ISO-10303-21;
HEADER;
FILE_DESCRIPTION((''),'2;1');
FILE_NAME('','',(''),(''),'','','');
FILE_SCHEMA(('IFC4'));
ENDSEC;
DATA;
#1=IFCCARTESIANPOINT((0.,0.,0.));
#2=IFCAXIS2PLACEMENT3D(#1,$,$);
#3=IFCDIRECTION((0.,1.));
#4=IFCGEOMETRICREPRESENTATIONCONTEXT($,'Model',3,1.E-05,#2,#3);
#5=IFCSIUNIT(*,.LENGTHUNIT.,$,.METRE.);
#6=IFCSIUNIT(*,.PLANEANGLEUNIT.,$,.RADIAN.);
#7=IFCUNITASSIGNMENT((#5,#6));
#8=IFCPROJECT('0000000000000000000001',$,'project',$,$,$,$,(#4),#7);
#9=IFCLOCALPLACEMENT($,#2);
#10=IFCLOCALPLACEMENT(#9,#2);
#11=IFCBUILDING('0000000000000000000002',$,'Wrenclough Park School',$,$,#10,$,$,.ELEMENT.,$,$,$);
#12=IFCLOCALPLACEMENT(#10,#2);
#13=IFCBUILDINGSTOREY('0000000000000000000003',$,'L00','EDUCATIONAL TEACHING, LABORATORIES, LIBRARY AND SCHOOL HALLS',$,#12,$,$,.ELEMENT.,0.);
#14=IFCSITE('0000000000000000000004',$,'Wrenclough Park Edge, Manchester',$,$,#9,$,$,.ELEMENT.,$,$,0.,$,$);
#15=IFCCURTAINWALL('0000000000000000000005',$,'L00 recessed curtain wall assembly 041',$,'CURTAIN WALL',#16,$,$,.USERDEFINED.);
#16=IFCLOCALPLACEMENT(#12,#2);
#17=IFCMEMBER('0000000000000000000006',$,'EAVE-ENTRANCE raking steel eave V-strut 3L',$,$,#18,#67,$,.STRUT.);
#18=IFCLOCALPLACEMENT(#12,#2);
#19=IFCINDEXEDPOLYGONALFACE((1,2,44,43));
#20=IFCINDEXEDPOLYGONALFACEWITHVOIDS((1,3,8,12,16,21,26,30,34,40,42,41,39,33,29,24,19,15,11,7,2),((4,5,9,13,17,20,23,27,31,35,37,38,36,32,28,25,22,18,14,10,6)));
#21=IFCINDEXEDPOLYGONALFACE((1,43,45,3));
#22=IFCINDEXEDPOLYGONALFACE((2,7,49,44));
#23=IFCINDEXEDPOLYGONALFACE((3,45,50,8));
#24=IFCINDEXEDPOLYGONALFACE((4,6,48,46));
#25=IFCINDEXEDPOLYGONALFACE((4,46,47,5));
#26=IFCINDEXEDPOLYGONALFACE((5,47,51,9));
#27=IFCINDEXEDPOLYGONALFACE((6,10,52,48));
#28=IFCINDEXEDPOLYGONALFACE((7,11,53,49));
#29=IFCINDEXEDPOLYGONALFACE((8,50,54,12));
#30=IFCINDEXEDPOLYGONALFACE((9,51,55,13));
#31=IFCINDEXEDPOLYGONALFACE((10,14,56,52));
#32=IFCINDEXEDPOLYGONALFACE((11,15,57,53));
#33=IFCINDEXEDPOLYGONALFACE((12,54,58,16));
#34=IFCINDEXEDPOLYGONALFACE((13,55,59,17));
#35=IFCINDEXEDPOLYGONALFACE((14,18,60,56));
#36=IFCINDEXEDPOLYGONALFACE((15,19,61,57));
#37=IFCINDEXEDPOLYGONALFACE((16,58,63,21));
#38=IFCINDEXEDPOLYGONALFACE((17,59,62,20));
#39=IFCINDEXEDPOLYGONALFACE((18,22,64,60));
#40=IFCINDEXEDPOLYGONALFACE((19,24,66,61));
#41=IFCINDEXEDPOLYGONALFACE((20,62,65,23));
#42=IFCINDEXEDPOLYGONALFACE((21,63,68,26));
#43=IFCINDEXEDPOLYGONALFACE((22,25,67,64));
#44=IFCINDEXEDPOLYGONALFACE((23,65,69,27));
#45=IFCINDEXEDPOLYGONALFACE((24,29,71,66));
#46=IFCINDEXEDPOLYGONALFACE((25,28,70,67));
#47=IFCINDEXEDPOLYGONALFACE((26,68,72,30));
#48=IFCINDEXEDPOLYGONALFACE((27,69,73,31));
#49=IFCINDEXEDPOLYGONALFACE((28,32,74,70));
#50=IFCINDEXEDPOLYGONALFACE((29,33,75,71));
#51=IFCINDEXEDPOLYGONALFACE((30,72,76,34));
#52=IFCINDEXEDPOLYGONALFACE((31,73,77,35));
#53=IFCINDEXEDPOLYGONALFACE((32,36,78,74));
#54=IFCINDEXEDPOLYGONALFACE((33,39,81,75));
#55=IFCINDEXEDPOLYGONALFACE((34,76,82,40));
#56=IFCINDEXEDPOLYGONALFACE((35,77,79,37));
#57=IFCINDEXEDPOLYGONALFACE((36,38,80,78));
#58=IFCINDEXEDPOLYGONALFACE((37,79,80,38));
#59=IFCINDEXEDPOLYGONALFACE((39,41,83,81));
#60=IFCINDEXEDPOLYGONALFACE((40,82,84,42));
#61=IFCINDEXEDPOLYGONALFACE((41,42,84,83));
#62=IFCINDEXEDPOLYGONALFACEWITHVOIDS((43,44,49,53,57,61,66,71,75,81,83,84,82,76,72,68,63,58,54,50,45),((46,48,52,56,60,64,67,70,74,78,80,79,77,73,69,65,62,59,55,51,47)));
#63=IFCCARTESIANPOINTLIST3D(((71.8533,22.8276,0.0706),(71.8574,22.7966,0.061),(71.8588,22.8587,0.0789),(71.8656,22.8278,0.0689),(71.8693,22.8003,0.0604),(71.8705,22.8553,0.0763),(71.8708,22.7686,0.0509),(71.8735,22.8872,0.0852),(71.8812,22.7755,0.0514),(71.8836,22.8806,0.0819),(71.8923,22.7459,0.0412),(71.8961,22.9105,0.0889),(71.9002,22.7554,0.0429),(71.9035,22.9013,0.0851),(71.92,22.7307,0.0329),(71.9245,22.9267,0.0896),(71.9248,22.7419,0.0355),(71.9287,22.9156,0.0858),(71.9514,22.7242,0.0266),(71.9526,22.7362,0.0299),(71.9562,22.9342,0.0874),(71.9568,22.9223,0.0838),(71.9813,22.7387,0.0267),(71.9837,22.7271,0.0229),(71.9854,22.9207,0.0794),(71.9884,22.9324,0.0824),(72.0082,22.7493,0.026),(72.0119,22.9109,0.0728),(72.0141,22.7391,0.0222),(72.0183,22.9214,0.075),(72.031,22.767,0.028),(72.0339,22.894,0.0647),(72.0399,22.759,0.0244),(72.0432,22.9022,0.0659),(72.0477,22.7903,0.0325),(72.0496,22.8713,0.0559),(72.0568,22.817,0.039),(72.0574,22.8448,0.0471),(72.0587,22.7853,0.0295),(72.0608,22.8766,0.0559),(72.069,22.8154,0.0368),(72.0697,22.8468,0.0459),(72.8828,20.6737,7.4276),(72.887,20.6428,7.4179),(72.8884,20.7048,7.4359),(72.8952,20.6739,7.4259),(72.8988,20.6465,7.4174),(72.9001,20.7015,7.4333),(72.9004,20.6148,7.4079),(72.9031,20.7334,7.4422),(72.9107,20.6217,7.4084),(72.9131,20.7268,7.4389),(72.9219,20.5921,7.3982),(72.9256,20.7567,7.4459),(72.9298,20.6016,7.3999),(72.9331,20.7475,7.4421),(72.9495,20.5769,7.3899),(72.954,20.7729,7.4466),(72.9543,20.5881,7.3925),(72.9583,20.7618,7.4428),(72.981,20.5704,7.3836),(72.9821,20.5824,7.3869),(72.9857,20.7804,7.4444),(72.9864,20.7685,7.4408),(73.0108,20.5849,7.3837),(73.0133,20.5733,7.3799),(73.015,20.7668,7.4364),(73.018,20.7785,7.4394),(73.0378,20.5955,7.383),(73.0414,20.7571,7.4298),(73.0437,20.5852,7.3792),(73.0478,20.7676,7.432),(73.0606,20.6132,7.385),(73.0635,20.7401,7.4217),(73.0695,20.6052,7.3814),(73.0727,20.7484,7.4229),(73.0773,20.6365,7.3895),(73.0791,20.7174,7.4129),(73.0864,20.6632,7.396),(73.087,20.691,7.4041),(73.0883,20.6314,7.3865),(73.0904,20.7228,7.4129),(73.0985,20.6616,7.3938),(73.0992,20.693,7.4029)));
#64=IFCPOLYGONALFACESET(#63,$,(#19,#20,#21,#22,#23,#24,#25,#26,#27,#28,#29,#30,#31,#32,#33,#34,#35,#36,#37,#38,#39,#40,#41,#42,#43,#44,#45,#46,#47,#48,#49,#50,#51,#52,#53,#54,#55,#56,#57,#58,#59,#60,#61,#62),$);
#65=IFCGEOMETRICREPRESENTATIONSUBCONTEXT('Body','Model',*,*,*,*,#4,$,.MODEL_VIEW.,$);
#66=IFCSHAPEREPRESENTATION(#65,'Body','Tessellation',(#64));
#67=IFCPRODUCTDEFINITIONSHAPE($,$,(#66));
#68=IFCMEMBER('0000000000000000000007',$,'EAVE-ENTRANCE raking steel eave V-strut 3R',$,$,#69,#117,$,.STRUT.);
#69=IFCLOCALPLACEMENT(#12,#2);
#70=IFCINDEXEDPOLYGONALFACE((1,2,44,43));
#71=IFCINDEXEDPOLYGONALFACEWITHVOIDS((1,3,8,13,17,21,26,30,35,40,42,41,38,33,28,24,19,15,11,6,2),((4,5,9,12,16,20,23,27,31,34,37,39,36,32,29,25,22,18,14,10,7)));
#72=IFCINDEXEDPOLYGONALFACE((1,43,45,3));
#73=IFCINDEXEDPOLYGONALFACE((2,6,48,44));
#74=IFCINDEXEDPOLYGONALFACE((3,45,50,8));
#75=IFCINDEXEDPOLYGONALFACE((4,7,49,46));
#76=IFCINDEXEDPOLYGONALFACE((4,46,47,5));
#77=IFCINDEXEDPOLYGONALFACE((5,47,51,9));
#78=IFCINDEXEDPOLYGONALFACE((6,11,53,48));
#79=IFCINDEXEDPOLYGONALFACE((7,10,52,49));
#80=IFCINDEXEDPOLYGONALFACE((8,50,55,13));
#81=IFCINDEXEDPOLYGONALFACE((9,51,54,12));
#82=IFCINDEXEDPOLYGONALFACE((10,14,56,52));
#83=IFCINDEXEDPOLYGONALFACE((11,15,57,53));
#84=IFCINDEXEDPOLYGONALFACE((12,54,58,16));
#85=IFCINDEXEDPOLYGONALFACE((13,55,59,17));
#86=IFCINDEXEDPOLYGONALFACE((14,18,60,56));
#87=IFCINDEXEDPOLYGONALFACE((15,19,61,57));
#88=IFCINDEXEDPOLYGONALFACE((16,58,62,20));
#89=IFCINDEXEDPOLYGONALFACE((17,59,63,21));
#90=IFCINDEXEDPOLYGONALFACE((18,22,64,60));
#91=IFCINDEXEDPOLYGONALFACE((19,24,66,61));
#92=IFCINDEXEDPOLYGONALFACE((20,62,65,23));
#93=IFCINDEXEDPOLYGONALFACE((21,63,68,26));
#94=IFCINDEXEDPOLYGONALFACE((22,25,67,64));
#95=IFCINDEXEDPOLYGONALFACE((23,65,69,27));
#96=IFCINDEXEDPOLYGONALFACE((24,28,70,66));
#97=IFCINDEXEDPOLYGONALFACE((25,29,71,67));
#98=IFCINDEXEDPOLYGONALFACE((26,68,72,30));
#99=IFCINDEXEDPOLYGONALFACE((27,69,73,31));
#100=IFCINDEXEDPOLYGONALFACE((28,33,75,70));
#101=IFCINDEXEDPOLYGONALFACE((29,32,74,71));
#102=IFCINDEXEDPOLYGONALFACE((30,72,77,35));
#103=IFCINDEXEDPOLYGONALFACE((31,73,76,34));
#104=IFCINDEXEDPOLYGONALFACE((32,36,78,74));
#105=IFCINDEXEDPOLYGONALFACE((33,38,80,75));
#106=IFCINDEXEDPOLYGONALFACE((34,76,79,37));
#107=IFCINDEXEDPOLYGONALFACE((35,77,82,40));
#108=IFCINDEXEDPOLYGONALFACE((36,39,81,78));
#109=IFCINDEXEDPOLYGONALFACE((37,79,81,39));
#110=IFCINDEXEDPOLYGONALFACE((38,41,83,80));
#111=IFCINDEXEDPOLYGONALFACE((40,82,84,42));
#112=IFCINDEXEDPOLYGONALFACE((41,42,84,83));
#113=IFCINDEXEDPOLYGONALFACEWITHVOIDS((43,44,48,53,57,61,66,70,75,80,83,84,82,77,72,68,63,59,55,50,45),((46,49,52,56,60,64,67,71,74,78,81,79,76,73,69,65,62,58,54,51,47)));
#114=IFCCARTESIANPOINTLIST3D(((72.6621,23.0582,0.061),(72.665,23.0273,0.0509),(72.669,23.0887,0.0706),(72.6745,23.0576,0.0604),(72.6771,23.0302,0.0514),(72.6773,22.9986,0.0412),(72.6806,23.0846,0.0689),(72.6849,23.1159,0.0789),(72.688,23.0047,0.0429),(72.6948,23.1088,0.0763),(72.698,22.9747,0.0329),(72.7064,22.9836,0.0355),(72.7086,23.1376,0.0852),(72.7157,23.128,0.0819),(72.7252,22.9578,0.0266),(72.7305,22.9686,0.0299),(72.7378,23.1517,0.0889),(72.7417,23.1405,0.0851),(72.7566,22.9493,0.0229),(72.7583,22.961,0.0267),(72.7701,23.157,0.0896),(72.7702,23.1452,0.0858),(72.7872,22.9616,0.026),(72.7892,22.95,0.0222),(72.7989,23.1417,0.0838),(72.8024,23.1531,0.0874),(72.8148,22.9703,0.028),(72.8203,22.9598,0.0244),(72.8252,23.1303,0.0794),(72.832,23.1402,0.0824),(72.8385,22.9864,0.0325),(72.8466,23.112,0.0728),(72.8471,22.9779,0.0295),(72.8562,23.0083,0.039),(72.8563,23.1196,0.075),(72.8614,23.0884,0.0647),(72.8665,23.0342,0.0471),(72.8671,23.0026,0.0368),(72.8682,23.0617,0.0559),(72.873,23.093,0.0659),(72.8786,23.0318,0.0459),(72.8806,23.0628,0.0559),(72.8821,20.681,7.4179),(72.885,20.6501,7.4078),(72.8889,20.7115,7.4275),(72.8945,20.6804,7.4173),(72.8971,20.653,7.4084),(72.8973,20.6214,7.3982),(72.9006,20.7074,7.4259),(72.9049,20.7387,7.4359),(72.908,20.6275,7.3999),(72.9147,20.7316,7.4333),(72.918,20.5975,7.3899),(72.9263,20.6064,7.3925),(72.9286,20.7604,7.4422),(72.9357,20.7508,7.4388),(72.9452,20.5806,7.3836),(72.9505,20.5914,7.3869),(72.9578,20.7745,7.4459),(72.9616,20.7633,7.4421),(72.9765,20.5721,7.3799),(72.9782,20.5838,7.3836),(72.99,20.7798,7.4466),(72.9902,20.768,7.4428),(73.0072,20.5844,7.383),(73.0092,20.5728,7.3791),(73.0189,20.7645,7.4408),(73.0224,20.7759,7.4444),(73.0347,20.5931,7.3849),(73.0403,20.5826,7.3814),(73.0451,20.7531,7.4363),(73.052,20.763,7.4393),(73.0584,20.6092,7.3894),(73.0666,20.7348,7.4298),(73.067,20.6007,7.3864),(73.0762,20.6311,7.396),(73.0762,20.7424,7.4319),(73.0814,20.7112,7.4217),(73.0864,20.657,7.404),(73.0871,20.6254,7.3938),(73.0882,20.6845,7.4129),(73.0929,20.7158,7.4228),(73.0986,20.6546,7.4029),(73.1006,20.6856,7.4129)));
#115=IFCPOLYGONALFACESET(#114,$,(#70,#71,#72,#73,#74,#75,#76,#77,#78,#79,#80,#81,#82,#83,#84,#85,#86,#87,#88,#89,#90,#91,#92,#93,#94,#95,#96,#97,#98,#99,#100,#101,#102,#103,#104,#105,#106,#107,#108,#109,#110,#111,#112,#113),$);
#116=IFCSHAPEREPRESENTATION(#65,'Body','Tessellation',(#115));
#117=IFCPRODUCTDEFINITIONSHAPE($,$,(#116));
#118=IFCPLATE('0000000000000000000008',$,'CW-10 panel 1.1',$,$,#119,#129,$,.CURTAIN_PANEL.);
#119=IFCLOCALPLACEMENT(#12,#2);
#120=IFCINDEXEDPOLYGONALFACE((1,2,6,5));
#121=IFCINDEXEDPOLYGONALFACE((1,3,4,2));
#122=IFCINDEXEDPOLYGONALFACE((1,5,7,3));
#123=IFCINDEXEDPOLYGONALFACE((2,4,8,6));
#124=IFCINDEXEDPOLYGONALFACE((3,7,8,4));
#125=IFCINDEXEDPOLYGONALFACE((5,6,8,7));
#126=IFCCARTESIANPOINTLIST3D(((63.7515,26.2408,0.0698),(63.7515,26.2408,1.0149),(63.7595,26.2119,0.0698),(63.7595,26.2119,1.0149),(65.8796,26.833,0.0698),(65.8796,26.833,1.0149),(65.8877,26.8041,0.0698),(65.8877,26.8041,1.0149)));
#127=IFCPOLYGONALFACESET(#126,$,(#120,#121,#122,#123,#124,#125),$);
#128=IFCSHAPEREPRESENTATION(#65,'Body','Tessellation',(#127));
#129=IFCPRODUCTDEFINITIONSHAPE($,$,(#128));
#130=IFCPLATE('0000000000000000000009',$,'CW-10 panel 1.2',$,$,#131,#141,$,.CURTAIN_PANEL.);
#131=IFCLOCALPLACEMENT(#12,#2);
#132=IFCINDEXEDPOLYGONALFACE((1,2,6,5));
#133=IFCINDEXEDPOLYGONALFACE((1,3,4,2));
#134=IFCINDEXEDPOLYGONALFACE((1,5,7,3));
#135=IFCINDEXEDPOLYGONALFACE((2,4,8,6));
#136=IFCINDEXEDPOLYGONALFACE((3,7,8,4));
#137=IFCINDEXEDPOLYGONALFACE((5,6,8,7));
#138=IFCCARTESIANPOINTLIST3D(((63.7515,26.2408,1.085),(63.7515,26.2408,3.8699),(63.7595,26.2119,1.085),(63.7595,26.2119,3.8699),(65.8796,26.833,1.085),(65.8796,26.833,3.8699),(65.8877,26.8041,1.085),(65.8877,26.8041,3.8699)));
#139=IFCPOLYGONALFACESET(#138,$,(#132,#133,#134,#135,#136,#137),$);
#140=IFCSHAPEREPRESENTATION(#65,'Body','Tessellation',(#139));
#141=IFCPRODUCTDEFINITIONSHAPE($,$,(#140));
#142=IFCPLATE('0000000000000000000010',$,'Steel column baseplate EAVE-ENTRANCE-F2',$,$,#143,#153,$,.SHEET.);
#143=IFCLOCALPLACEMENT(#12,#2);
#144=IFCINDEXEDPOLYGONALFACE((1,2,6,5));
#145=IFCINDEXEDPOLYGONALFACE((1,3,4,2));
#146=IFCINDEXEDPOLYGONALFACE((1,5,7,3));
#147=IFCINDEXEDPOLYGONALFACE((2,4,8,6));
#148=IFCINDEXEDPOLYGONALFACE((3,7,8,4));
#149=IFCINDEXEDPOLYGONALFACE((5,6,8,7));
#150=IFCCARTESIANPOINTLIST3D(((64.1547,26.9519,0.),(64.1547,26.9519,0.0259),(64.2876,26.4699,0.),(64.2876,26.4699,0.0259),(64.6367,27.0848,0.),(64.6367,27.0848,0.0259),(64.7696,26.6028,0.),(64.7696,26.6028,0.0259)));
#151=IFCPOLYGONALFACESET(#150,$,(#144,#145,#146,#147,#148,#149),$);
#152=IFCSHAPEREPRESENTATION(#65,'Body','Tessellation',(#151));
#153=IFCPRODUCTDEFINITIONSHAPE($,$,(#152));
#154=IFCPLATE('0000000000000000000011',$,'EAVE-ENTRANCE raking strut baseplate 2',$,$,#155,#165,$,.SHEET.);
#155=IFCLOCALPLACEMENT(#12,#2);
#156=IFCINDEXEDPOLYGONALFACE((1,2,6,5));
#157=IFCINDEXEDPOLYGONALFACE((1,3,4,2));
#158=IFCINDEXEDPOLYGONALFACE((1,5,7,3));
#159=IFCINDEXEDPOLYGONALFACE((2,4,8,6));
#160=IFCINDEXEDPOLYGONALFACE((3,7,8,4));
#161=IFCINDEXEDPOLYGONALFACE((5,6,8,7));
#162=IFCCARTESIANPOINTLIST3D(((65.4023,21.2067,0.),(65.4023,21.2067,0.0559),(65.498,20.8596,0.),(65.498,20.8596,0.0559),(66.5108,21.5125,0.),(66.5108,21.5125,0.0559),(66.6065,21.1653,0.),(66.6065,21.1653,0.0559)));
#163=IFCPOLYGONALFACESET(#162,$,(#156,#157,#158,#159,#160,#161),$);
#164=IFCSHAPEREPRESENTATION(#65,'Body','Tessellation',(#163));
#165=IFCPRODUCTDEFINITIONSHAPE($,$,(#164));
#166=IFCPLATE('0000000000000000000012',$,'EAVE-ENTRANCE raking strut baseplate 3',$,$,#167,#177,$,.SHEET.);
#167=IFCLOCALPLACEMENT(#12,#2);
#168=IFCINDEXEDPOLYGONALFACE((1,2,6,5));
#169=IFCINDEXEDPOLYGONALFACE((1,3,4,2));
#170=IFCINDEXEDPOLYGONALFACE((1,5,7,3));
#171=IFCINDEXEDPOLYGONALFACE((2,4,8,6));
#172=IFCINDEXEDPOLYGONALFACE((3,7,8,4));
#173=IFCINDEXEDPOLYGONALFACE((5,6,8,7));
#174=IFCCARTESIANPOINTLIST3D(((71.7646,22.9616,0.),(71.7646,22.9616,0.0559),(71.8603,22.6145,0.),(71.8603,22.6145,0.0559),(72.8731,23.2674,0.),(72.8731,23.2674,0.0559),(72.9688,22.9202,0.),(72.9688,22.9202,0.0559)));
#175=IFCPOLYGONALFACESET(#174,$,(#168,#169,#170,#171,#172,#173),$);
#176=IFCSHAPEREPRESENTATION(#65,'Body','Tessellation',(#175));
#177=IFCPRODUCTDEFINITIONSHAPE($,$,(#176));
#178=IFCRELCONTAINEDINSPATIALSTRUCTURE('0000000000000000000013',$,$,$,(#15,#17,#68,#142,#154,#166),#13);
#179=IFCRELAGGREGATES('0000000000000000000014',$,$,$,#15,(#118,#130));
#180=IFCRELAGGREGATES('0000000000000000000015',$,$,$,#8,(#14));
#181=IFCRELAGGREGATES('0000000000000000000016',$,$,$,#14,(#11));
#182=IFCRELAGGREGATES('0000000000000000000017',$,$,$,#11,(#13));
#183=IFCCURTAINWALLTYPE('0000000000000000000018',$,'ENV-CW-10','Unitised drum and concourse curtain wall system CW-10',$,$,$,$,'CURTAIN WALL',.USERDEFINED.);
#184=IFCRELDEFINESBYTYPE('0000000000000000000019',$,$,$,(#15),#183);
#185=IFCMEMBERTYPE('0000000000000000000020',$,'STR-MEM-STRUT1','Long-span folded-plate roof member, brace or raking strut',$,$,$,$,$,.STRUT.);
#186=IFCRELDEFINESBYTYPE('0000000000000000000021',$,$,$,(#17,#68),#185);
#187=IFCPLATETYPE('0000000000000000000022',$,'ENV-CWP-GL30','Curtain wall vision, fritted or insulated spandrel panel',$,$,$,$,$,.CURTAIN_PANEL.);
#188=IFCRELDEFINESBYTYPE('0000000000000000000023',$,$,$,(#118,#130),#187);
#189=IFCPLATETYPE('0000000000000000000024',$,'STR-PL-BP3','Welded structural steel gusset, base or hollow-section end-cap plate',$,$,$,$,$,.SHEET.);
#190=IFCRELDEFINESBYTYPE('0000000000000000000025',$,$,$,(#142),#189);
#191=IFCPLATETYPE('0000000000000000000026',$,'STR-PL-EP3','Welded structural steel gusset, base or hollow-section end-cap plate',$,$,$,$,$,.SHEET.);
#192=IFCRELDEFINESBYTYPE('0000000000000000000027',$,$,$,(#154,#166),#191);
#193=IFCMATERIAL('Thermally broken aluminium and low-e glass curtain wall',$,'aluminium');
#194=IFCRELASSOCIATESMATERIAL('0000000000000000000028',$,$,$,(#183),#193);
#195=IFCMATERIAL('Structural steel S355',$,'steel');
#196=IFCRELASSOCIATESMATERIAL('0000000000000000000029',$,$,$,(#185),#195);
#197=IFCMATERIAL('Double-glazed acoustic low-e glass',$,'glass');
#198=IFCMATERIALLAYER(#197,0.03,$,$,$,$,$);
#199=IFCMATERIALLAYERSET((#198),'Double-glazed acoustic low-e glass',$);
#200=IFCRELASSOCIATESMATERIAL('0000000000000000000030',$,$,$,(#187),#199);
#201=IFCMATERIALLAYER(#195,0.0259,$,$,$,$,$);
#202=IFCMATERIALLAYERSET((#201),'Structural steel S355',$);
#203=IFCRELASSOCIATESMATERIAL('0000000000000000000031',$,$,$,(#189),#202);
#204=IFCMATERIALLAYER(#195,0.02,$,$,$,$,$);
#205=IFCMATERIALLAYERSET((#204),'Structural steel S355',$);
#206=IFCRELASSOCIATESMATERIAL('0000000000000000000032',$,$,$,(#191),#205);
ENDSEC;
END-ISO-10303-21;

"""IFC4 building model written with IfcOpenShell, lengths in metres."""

from ifc_helpers import new_model, si_unit, direction, frame, origin, origin_2d, place, context, subcontext, project, spatial, rectangle, hollow_circle, extrude, material, layer, layer_set, material_profile, profile_set, type_object, element, aggregate, save


model = new_model("IFC4")

# Units and contexts
model_context = context("Model", 3, precision=1e-05, world=origin(), true_north=direction((0.0, 1.0)))
body_context = subcontext(model_context, "Body", "Model", "MODEL_VIEW")
ifc_project = project(units=[si_unit("LENGTHUNIT", "METRE"), si_unit("PLANEANGLEUNIT", "RADIAN")], contexts=[model_context])

# Site, building, storey
site_placement = place(None, origin())
site = spatial("IfcSite", under=ifc_project, at=site_placement, Name="Wrenclough Park Edge, Manchester", CompositionType="ELEMENT", RefElevation=0.0)
building_placement = place(site_placement, origin())
building = spatial("IfcBuilding", under=site, at=building_placement, Name="Wrenclough Park School", CompositionType="ELEMENT")
storey_placement = place(building_placement, origin())
storey = spatial("IfcBuildingStorey", under=building, at=storey_placement, Name="L00", Description="EDUCATIONAL TEACHING, LABORATORIES, LIBRARY AND SCHOOL HALLS", CompositionType="ELEMENT", Elevation=0.0)

# Shared definitions
ifc_material_1 = material(Name="Structural steel S355", Category="steel")

# Curtain wall
ifc_material_2 = material(Name="Thermally broken aluminium and low-e glass curtain wall", Category="aluminium")
curtain_wall_type = type_object("IfcCurtainWallType", Name="ENV-CW-10", Description="Unitised drum and concourse curtain wall system CW-10", ElementType="CURTAIN WALL", PredefinedType="USERDEFINED", material=ifc_material_2)
curtain_wall_placement = place(storey_placement, origin())
curtain_wall = element("IfcCurtainWall", 1, at=curtain_wall_placement, inside=storey, type_object=curtain_wall_type, Name="L00 recessed curtain wall assembly 041", ObjectType="CURTAIN WALL", PredefinedType="USERDEFINED")

# Members
ifc_material_profile_1 = material_profile(ifc_material_1, hollow_circle(Radius=0.1096, WallThickness=0.0125, at=origin_2d()), Name="CHS 219.1x12.5")
ifc_profile_set_1 = profile_set([ifc_material_profile_1], Name="Structural steel S355")
member_type_1 = type_object("IfcMemberType", Name="STR-MEM-STRUT1", Description="Long-span folded-plate roof member, brace or raking strut", PredefinedType="STRUT", material=ifc_profile_set_1)
for number, where, z_axis, x_axis, name in (
    (2, (71.9619, 22.8293, 0.0559), (0.133109, -0.278466, 0.951178), (0.902222, 0.431271, 0.0), "EAVE-ENTRANCE raking steel eave V-strut 3L"),
    (3, (72.7715, 23.0527, 0.0559), (0.02844, -0.307346, 0.951173), (0.995746, 0.09214, 0.0), "EAVE-ENTRANCE raking steel eave V-strut 3R"),
):
    element("IfcMember", number, at=place(storey_placement, frame(where, z_axis=z_axis, x_axis=x_axis)), inside=storey, type_object=member_type_1, Name=name, PredefinedType="STRUT", context=body_context, shape_type="SweptSolid", body=[
        extrude(hollow_circle(Radius=0.1096, WallThickness=0.0125, at=origin_2d()), origin(), (0.0, 0.0, 1.0), 7.7346),
    ])

# Plates
ifc_material_3 = material(Name="Double-glazed acoustic low-e glass", Category="glass")
ifc_layer_1 = layer(ifc_material_3, 0.03)
ifc_layer_set_1 = layer_set([ifc_layer_1], Name="Double-glazed acoustic low-e glass")
plate_type_1 = type_object("IfcPlateType", Name="ENV-CWP-GL30", Description="Curtain wall vision, fritted or insulated spandrel panel", PredefinedType="CURTAIN_PANEL", material=ifc_layer_set_1)
plate_1_placement = place(storey_placement, frame((64.8196, 26.5225, 0.0698), z_axis=(0.0, 0.0, 1.0), x_axis=(-0.9634, -0.268069, 0.0)))
plate_1 = element("IfcPlate", 4, at=plate_1_placement, type_object=plate_type_1, Name="CW-10 panel 1.1", PredefinedType="CURTAIN_PANEL", context=body_context, shape_type="SweptSolid", body=[
    extrude(rectangle(XDim=2.209, YDim=0.03, at=origin_2d()), origin(), (0.0, 0.0, 1.0), 0.9451),
])
plate_2_placement = place(storey_placement, frame((64.8196, 26.5225, 1.085), z_axis=(0.0, 0.0, 1.0), x_axis=(-0.9634, -0.268069, 0.0)))
plate_2 = element("IfcPlate", 5, at=plate_2_placement, type_object=plate_type_1, Name="CW-10 panel 1.2", PredefinedType="CURTAIN_PANEL", context=body_context, shape_type="SweptSolid", body=[
    extrude(rectangle(XDim=2.209, YDim=0.03, at=origin_2d()), origin(), (0.0, 0.0, 1.0), 2.7849),
])
aggregate(curtain_wall, [plate_1, plate_2])

# Plates
ifc_layer_2 = layer(ifc_material_1, 0.0259)
ifc_layer_set_2 = layer_set([ifc_layer_2], Name="Structural steel S355")
plate_type_2 = type_object("IfcPlateType", Name="STR-PL-BP3", Description="Welded structural steel gusset, base or hollow-section end-cap plate", PredefinedType="SHEET", material=ifc_layer_set_2)
plate_3_placement = place(storey_placement, frame((64.4622, 26.7773, 0.0), z_axis=(0.0, 0.0, 1.0), x_axis=(0.964003, 0.265893, 0.0)))
element("IfcPlate", 6, at=plate_3_placement, inside=storey, type_object=plate_type_2, Name="Steel column baseplate EAVE-ENTRANCE-F2", PredefinedType="SHEET", context=body_context, shape_type="SweptSolid", body=[
    extrude(rectangle(XDim=0.5, YDim=0.5, at=origin_2d()), origin(), (0.0, 0.0, 1.0), 0.0259),
])
ifc_layer_3 = layer(ifc_material_1, 0.02)
ifc_layer_set_3 = layer_set([ifc_layer_3], Name="Structural steel S355")
plate_type_3 = type_object("IfcPlateType", Name="STR-PL-EP3", Description="Welded structural steel gusset, base or hollow-section end-cap plate", PredefinedType="SHEET", material=ifc_layer_set_3)
for number, where, z_axis, x_axis, name in (
    (7, (66.0044, 21.186, 0.0), (0.0, 0.0, 1.0), (0.964003, 0.265893, 0.0), "EAVE-ENTRANCE raking strut baseplate 2"),
    (8, (72.3667, 22.9409, 0.0), (0.0, 0.0, 1.0), (0.964003, 0.265893, 0.0), "EAVE-ENTRANCE raking strut baseplate 3"),
):
    element("IfcPlate", number, at=place(storey_placement, frame(where, z_axis=z_axis, x_axis=x_axis)), inside=storey, type_object=plate_type_3, Name=name, PredefinedType="SHEET", context=body_context, shape_type="SweptSolid", body=[
        extrude(rectangle(XDim=1.1499, YDim=0.3601, at=origin_2d()), origin(), (0.0, 0.0, 1.0), 0.0559),
    ])

save(model, "model.ifc")
